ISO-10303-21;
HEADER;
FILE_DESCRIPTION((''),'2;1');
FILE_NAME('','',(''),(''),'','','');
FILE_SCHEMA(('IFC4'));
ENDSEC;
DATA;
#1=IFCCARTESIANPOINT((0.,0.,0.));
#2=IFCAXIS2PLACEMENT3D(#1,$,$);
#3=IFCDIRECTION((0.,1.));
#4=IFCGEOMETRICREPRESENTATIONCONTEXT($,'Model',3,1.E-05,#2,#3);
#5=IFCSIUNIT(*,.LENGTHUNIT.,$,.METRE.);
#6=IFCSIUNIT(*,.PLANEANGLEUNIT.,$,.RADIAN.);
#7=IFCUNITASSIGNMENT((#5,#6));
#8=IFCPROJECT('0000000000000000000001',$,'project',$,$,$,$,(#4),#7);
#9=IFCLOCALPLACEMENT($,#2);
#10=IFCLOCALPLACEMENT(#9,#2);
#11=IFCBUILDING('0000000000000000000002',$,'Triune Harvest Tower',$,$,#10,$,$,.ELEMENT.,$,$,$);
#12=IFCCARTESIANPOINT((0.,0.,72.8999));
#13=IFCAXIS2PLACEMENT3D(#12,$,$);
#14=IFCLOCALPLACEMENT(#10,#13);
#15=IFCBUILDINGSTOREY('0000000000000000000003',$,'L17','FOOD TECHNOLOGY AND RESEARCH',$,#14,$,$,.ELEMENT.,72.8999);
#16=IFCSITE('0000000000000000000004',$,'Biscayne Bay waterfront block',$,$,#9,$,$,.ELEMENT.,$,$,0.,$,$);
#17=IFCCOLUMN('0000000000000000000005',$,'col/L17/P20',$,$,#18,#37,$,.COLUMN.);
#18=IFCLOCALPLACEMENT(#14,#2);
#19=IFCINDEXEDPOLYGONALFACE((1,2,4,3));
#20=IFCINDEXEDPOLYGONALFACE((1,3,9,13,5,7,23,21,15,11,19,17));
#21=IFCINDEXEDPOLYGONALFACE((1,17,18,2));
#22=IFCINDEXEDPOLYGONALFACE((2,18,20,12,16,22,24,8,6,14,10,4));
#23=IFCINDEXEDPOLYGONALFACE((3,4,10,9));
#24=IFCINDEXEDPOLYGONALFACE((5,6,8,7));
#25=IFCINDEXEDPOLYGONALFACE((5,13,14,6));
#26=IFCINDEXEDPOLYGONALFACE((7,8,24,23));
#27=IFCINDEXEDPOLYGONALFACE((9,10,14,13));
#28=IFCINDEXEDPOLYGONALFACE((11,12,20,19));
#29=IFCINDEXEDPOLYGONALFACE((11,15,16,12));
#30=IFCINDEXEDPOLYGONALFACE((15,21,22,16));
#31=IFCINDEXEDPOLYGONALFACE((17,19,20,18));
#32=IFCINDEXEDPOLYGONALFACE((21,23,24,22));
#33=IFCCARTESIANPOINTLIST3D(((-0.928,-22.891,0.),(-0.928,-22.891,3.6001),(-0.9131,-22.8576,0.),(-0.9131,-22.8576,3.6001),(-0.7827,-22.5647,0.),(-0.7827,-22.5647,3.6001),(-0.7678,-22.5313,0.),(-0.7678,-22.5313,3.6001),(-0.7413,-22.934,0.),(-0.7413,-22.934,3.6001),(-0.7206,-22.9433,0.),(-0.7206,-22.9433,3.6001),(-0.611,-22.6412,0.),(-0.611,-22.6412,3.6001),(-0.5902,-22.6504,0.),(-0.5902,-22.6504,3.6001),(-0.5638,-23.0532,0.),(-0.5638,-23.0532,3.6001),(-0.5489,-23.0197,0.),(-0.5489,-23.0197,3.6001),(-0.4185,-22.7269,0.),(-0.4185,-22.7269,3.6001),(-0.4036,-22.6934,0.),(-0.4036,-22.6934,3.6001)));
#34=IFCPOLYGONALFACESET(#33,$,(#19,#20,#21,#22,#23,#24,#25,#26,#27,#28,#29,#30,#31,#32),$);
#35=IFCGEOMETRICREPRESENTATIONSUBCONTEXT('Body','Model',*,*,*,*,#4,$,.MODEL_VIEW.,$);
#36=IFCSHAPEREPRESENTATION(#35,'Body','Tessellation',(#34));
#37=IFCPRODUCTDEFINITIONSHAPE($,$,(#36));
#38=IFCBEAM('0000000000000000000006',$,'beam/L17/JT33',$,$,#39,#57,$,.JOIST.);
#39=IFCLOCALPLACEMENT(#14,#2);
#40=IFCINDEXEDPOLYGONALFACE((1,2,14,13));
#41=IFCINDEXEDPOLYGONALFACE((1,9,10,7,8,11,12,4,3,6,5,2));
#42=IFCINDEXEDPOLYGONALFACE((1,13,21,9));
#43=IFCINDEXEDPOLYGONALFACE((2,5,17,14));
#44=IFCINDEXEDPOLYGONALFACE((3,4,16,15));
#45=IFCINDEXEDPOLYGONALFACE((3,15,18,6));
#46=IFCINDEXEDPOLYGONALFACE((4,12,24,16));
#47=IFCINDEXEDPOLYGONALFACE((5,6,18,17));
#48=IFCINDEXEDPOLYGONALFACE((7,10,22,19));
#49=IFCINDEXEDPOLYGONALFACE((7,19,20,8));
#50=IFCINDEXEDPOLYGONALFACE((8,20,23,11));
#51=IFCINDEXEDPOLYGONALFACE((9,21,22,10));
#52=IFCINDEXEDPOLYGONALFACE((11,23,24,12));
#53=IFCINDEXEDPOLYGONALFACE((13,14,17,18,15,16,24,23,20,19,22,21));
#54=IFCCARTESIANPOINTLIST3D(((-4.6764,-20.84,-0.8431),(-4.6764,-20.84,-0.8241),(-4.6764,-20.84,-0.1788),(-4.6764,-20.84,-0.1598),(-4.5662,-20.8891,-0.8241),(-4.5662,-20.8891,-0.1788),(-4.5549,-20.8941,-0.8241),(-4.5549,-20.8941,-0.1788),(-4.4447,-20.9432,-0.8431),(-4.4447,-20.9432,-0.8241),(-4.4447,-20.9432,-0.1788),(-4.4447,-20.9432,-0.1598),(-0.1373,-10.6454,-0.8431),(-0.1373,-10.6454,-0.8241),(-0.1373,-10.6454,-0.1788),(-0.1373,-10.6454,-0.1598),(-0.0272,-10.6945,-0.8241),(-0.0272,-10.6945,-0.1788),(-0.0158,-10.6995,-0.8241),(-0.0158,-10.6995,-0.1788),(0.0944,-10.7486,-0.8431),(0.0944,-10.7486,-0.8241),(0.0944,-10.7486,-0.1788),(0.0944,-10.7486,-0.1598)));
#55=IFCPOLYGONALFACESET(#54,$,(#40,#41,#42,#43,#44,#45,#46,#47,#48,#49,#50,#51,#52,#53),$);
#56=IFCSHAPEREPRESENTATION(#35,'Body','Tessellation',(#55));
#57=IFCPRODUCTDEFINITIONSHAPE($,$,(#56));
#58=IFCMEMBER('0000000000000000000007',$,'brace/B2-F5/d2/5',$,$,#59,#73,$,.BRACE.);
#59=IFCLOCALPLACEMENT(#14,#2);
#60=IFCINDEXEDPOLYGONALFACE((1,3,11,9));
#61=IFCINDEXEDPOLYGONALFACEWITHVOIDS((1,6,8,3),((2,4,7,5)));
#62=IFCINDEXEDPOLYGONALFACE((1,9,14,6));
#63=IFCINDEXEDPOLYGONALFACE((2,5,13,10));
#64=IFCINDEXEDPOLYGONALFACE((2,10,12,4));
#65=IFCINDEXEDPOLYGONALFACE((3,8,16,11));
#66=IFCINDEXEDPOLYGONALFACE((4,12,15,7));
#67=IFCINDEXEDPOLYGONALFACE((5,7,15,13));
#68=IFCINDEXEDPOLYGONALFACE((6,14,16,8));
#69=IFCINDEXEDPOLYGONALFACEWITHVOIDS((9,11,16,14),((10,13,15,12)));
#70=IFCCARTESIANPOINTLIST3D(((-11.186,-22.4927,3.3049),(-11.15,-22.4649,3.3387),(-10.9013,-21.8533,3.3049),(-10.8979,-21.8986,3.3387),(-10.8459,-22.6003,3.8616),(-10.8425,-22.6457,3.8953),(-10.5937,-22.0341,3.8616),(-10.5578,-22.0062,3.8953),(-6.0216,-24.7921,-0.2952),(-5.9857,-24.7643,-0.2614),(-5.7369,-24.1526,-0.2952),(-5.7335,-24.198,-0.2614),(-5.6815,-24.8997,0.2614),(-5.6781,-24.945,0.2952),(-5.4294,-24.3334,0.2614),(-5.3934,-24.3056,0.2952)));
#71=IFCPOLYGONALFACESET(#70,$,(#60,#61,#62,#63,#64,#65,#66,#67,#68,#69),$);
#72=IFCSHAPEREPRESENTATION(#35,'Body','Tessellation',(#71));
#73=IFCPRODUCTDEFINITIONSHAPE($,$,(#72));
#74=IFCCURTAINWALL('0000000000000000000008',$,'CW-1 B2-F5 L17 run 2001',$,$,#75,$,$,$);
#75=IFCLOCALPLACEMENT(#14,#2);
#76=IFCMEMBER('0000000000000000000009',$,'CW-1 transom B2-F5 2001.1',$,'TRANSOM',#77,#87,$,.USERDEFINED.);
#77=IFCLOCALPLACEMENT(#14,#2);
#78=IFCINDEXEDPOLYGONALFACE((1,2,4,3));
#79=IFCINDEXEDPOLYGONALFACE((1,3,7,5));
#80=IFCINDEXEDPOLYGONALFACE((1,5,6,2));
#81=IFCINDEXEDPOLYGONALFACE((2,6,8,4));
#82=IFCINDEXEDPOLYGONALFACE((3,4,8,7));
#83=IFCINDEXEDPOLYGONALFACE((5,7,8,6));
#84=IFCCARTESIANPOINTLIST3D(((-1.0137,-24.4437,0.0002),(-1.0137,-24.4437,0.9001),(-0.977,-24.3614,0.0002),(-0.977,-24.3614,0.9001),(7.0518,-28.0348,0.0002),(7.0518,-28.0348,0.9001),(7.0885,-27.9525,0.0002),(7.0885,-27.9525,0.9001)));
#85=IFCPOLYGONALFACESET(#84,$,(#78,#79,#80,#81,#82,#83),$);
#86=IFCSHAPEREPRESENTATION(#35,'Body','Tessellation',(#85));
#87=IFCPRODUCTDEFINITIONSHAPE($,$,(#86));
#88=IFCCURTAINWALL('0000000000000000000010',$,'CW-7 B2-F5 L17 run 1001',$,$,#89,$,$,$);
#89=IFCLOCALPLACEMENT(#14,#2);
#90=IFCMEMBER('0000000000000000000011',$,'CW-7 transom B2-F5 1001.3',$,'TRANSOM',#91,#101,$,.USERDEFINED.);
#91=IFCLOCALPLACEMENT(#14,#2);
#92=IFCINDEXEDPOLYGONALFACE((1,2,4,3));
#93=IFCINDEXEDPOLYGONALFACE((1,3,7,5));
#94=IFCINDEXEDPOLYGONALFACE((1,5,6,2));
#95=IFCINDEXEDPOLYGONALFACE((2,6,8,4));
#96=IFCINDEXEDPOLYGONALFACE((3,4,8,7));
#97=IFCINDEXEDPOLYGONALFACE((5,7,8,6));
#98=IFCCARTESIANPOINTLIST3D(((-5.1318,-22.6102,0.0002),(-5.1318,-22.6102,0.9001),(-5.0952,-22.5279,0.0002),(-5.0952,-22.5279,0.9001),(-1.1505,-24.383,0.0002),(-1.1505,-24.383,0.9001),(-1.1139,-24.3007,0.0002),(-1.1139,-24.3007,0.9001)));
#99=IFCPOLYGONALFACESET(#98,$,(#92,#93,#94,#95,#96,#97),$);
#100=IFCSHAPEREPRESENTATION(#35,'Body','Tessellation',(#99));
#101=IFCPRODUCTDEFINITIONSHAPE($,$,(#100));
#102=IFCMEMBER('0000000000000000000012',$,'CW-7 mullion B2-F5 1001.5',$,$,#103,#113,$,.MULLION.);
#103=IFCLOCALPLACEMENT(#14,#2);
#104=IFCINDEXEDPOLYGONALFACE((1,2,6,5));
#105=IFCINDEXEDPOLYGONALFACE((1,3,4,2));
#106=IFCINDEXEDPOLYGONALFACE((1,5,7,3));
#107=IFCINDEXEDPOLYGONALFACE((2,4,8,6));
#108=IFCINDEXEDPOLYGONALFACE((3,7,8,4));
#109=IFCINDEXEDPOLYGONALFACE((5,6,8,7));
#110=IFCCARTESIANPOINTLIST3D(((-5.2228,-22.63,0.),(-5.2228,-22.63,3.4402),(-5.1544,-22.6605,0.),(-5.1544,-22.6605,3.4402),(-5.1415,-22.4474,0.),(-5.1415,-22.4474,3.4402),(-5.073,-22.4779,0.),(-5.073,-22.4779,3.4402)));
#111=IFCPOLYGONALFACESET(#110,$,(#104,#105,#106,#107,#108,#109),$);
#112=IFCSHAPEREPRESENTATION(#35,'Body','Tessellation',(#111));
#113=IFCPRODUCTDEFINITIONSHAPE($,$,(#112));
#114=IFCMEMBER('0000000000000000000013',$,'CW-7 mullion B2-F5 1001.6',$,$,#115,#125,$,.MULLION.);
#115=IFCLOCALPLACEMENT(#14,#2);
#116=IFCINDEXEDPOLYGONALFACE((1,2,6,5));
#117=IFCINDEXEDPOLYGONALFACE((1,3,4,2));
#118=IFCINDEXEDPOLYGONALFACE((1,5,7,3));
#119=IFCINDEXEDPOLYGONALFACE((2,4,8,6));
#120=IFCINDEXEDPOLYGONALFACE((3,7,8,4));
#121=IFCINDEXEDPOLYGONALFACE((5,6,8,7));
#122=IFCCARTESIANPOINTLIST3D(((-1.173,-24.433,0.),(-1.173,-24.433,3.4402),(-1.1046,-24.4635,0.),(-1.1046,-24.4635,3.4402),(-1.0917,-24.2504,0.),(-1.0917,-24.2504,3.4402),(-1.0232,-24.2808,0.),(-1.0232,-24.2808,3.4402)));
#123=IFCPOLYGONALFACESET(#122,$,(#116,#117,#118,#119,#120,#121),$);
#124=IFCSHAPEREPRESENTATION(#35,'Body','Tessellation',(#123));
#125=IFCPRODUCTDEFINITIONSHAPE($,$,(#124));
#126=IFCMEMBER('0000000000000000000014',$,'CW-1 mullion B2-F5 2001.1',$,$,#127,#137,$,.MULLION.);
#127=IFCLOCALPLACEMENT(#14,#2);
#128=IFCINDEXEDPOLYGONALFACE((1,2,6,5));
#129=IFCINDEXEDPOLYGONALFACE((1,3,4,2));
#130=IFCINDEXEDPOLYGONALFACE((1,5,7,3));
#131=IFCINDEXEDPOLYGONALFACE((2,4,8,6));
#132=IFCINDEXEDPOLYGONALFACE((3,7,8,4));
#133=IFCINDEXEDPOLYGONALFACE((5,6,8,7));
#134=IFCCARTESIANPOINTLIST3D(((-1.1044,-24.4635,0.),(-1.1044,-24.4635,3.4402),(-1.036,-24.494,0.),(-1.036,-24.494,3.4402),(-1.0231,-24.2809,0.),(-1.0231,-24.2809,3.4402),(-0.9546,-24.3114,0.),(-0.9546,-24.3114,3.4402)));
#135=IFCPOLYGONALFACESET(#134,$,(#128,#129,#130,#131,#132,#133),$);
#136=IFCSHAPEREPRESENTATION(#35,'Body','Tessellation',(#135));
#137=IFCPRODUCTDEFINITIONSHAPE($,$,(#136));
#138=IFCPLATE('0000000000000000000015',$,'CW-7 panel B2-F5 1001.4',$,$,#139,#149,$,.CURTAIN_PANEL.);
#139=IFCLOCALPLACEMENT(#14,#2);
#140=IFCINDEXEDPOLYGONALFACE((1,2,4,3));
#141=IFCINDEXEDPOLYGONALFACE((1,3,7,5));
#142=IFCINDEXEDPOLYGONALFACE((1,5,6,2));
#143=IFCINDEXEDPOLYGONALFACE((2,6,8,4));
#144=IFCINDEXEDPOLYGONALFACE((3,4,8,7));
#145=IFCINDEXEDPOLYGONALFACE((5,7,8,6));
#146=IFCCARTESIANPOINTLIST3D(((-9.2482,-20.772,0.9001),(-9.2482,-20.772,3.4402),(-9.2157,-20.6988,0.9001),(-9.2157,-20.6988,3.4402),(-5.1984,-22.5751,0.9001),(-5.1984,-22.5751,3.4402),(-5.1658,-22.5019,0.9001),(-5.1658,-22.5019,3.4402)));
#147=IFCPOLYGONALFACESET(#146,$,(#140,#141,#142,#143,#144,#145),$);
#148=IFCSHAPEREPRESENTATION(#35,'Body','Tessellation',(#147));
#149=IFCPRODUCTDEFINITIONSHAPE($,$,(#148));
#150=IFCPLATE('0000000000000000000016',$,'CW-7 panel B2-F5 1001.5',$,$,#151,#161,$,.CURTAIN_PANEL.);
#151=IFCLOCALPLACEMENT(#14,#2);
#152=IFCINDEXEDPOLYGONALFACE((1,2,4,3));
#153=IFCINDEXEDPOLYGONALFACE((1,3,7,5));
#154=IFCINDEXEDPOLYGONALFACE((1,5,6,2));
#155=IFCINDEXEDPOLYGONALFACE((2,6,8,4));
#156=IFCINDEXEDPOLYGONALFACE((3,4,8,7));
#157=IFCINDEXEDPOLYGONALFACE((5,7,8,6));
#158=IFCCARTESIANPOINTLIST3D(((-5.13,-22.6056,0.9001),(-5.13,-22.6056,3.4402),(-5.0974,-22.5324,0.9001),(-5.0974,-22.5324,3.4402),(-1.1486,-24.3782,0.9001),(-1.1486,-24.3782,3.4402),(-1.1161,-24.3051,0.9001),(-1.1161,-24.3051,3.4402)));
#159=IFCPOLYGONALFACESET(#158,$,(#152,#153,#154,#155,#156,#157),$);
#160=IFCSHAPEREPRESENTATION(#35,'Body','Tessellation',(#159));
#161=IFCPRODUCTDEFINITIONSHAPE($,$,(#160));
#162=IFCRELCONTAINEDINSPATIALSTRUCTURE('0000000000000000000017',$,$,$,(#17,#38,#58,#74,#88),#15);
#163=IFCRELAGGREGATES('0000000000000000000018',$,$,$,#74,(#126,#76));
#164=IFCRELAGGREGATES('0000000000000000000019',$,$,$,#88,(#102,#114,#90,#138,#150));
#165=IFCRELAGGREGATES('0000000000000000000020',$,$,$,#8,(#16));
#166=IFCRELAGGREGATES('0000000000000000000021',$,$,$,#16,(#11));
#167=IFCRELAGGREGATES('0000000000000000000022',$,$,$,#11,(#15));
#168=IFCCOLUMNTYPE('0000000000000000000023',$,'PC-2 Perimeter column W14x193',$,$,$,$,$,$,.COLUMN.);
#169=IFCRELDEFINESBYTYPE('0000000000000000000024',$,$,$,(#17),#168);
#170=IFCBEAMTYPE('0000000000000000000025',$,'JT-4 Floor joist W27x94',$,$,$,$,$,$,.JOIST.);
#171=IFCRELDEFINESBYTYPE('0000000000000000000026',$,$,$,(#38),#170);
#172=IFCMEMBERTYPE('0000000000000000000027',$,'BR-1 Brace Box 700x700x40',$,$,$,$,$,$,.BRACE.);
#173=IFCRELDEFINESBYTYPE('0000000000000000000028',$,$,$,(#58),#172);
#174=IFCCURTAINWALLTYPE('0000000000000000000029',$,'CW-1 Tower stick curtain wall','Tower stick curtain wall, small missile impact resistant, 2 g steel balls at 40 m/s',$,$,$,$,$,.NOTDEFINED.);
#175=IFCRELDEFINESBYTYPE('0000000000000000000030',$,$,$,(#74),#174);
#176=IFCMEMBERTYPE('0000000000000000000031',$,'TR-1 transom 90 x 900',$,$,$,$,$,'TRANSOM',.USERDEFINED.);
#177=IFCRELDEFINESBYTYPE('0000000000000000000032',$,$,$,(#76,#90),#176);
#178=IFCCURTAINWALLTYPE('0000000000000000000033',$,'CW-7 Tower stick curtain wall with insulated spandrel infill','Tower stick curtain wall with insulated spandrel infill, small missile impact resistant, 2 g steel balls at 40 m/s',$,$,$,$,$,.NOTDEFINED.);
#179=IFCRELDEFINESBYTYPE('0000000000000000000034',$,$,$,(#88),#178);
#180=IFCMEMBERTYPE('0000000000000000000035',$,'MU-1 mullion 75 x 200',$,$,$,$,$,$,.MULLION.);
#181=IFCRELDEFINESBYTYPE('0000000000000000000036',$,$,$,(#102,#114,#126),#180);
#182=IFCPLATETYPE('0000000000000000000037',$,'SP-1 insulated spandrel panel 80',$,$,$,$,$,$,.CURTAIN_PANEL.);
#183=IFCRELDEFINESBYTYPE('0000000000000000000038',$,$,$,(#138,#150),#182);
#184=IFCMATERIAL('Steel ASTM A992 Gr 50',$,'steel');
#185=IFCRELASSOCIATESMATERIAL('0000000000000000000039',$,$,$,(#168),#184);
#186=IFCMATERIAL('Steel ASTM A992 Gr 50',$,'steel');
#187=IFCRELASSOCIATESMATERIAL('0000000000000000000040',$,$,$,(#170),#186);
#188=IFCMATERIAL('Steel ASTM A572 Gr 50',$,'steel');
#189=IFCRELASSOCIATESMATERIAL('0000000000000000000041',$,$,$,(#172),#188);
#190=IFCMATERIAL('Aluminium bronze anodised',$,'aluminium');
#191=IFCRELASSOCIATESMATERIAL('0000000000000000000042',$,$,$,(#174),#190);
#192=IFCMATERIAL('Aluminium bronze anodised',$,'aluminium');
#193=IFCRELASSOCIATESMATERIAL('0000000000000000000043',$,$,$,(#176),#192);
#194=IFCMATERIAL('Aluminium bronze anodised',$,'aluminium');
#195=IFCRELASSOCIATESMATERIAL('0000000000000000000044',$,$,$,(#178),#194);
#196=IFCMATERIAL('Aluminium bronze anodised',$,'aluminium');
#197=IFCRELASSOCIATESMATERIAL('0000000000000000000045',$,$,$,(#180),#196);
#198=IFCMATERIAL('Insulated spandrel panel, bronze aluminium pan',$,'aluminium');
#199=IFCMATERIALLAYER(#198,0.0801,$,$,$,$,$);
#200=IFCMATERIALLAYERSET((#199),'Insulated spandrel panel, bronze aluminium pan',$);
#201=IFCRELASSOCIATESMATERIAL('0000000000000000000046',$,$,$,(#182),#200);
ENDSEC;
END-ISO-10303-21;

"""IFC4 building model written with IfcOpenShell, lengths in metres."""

from ifc_helpers import new_model, si_unit, direction, frame, origin, origin_2d, place, context, subcontext, project, spatial, rectangle, hollow_rectangle, i_section, extrude, source, transform, mapped, material, layer, layer_set, material_profile, profile_set, type_object, element, aggregate, save


model = new_model("IFC4")

# Units and contexts
model_context = context("Model", 3, precision=1e-05, world=origin(), true_north=direction((0.0, 1.0)))
body_context = subcontext(model_context, "Body", "Model", "MODEL_VIEW")
ifc_project = project(units=[si_unit("LENGTHUNIT", "METRE"), si_unit("PLANEANGLEUNIT", "RADIAN")], contexts=[model_context])

# Site, building, storey
site_placement = place(None, origin())
site = spatial("IfcSite", under=ifc_project, at=site_placement, Name="Biscayne Bay waterfront block", CompositionType="ELEMENT", RefElevation=0.0)
building_placement = place(site_placement, origin())
building = spatial("IfcBuilding", under=site, at=building_placement, Name="Triune Harvest Tower", CompositionType="ELEMENT")
storey_placement = place(building_placement, frame((0.0, 0.0, 72.8999)))
storey = spatial("IfcBuildingStorey", under=building, at=storey_placement, Name="L17", Description="FOOD TECHNOLOGY AND RESEARCH", CompositionType="ELEMENT", Elevation=72.8999)

# Column
ifc_material_1 = material(Name="Steel ASTM A992 Gr 50", Category="steel")
ifc_material_profile_1 = material_profile(ifc_material_1, i_section(OverallWidth=0.3987, OverallDepth=0.3938, WebThickness=0.0227, FlangeThickness=0.0366, at=origin_2d()), Name="W14x193")
ifc_profile_set_1 = profile_set([ifc_material_profile_1], Name="Steel ASTM A992 Gr 50")
column_type = type_object("IfcColumnType", Name="PC-2 Perimeter column W14x193", PredefinedType="COLUMN", material=ifc_profile_set_1)
shared_shape_1 = source(origin(), body_context, "Body", "SweptSolid", [
    extrude(i_section(OverallWidth=0.3987, OverallDepth=0.3938, WebThickness=0.0227, FlangeThickness=0.0366, at=origin_2d()), origin(), (0.0, 0.0, 1.0), 3.6001),
])
column_placement = place(storey_placement, frame((-0.6658, -22.7922, 0.0), z_axis=(0.0, 0.0, 1.0), x_axis=(0.913545, -0.406737, 0.0)))
element("IfcColumn", 1, at=column_placement, inside=storey, type_object=column_type, Name="col/L17/P20", PredefinedType="COLUMN", context=body_context, shape_type="MappedRepresentation", body=[
    mapped(shared_shape_1, transform((0.0, 0.0, 0.0), scale=1.0)),
])

# Beam
ifc_material_2 = material(Name="Steel ASTM A992 Gr 50", Category="steel")
ifc_material_profile_2 = material_profile(ifc_material_2, i_section(OverallWidth=0.2537, OverallDepth=0.6833, WebThickness=0.0125, FlangeThickness=0.019, at=origin_2d()), Name="W27x94")
ifc_profile_set_2 = profile_set([ifc_material_profile_2], Name="Steel ASTM A992 Gr 50")
beam_type = type_object("IfcBeamType", Name="JT-4 Floor joist W27x94", PredefinedType="JOIST", material=ifc_profile_set_2)
shared_shape_2 = source(origin(), body_context, "Body", "SweptSolid", [
    extrude(i_section(OverallWidth=0.2537, OverallDepth=0.6833, WebThickness=0.0125, FlangeThickness=0.019, at=origin_2d()), origin(), (0.0, 0.0, 1.0), 11.1594),
])
beam_placement = place(storey_placement, frame((-4.5605, -20.8916, -0.5015), z_axis=(0.406747, 0.913541, 0.0), x_axis=(-0.913541, 0.406747, 0.0)))
element("IfcBeam", 2, at=beam_placement, inside=storey, type_object=beam_type, Name="beam/L17/JT33", PredefinedType="JOIST", context=body_context, shape_type="MappedRepresentation", body=[
    mapped(shared_shape_2, transform((0.0, 0.0, 0.0), scale=1.0)),
])

# Member
ifc_material_3 = material(Name="Steel ASTM A572 Gr 50", Category="steel")
ifc_material_profile_3 = material_profile(ifc_material_3, hollow_rectangle(XDim=0.7, YDim=0.7, WallThickness=0.04, at=origin_2d()), Name="Box 700x700x40")
ifc_profile_set_3 = profile_set([ifc_material_profile_3], Name="Steel ASTM A572 Gr 50")
member_type_1 = type_object("IfcMemberType", Name="BR-1 Brace Box 700x700x40", PredefinedType="BRACE", material=ifc_profile_set_3)
shared_shape_3 = source(origin(), body_context, "Body", "SweptSolid", [
    extrude(hollow_rectangle(XDim=0.7, YDim=0.7, WallThickness=0.04, at=origin_2d()), origin(), (0.0, 0.0, 1.0), 6.7021),
])
member_1_placement = place(storey_placement, frame((-5.7075, -24.5488, 0.0), z_axis=(-0.770555, 0.343076, 0.537163), x_axis=(-0.406739, -0.913544, 0.0)))
element("IfcMember", 3, at=member_1_placement, inside=storey, type_object=member_type_1, Name="brace/B2-F5/d2/5", PredefinedType="BRACE", context=body_context, shape_type="MappedRepresentation", body=[
    mapped(shared_shape_3, transform((0.0, 0.0, 0.0), scale=1.0)),
])

# Curtain wall, member
ifc_material_4 = material(Name="Aluminium bronze anodised", Category="aluminium")
curtain_wall_type_1 = type_object("IfcCurtainWallType", Name="CW-1 Tower stick curtain wall", Description="Tower stick curtain wall, small missile impact resistant, 2 g steel balls at 40 m/s", PredefinedType="NOTDEFINED", material=ifc_material_4)
curtain_wall_1_placement = place(storey_placement, origin())
curtain_wall_1 = element("IfcCurtainWall", 4, at=curtain_wall_1_placement, inside=storey, type_object=curtain_wall_type_1, Name="CW-1 B2-F5 L17 run 2001")
ifc_material_5 = material(Name="Aluminium bronze anodised", Category="aluminium")
ifc_material_profile_4 = material_profile(ifc_material_5, rectangle(XDim=0.0901, YDim=0.8999, at=origin_2d()), Name="TR-1 transom 90 x 900")
ifc_profile_set_4 = profile_set([ifc_material_profile_4], Name="Aluminium bronze anodised")
member_type_2 = type_object("IfcMemberType", Name="TR-1 transom 90 x 900", ElementType="TRANSOM", PredefinedType="USERDEFINED", material=ifc_profile_set_4)
shared_shape_4 = source(origin(), body_context, "Body", "SweptSolid", [
    extrude(rectangle(XDim=0.0901, YDim=0.8999, at=origin_2d()), origin(), (0.0, 0.0, 1.0), 8.8289),
])
member_2_placement = place(storey_placement, frame((-0.9954, -24.4026, 0.4502), z_axis=(0.913541, -0.406746, 0.0), x_axis=(0.406746, 0.913541, 0.0)))
member_2 = element("IfcMember", 5, at=member_2_placement, type_object=member_type_2, Name="CW-1 transom B2-F5 2001.1", ObjectType="TRANSOM", PredefinedType="USERDEFINED", context=body_context, shape_type="MappedRepresentation", body=[
    mapped(shared_shape_4, transform((0.0, 0.0, 0.0), scale=1.0)),
])

# Curtain wall, members
ifc_material_6 = material(Name="Aluminium bronze anodised", Category="aluminium")
curtain_wall_type_2 = type_object("IfcCurtainWallType", Name="CW-7 Tower stick curtain wall with insulated spandrel infill", Description="Tower stick curtain wall with insulated spandrel infill, small missile impact resistant, 2 g steel balls at 40 m/s", PredefinedType="NOTDEFINED", material=ifc_material_6)
curtain_wall_2_placement = place(storey_placement, origin())
curtain_wall_2 = element("IfcCurtainWall", 6, at=curtain_wall_2_placement, inside=storey, type_object=curtain_wall_type_2, Name="CW-7 B2-F5 L17 run 1001")
shared_shape_5 = source(origin(), body_context, "Body", "SweptSolid", [
    extrude(rectangle(XDim=0.0901, YDim=0.8999, at=origin_2d()), origin(), (0.0, 0.0, 1.0), 4.3582),
])
member_3_placement = place(storey_placement, frame((-5.1135, -22.5691, 0.4502), z_axis=(0.913532, -0.406767, 0.0), x_axis=(0.406767, 0.913532, 0.0)))
member_3 = element("IfcMember", 7, at=member_3_placement, type_object=member_type_2, Name="CW-7 transom B2-F5 1001.3", ObjectType="TRANSOM", PredefinedType="USERDEFINED", context=body_context, shape_type="MappedRepresentation", body=[
    mapped(shared_shape_5, transform((0.0, 0.0, 0.0), scale=1.0)),
])
ifc_material_7 = material(Name="Aluminium bronze anodised", Category="aluminium")
ifc_material_profile_5 = material_profile(ifc_material_7, rectangle(XDim=0.2, YDim=0.075, at=origin_2d()), Name="MU-1 mullion 75 x 200")
ifc_profile_set_5 = profile_set([ifc_material_profile_5], Name="Aluminium bronze anodised")
member_type_3 = type_object("IfcMemberType", Name="MU-1 mullion 75 x 200", PredefinedType="MULLION", material=ifc_profile_set_5)
shared_shape_6 = source(origin(), body_context, "Body", "SweptSolid", [
    extrude(rectangle(XDim=0.2, YDim=0.075, at=origin_2d()), origin(), (0.0, 0.0, 1.0), 3.4402),
])
member_4_placement = place(storey_placement, frame((-5.1479, -22.554, 0.0), z_axis=(0.0, 0.0, 1.0), x_axis=(0.406735, 0.913546, 0.0)))
member_4 = element("IfcMember", 8, at=member_4_placement, type_object=member_type_3, Name="CW-7 mullion B2-F5 1001.5", PredefinedType="MULLION", context=body_context, shape_type="MappedRepresentation", body=[
    mapped(shared_shape_6, transform((0.0, 0.0, 0.0), scale=1.0)),
])
member_5_placement = place(storey_placement, frame((-1.0981, -24.3569, 0.0), z_axis=(0.0, 0.0, 1.0), x_axis=(0.406735, 0.913546, 0.0)))
member_5 = element("IfcMember", 9, at=member_5_placement, type_object=member_type_3, Name="CW-7 mullion B2-F5 1001.6", PredefinedType="MULLION", context=body_context, shape_type="MappedRepresentation", body=[
    mapped(shared_shape_6, transform((0.0, 0.0, 0.0), scale=1.0)),
])

# Member
member_6_placement = place(storey_placement, frame((-1.0295, -24.3875, 0.0), z_axis=(0.0, 0.0, 1.0), x_axis=(0.406737, 0.913545, 0.0)))
member_6 = element("IfcMember", 10, at=member_6_placement, type_object=member_type_3, Name="CW-1 mullion B2-F5 2001.1", PredefinedType="MULLION", context=body_context, shape_type="MappedRepresentation", body=[
    mapped(shared_shape_6, transform((0.0, 0.0, 0.0), scale=1.0)),
])
aggregate(curtain_wall_1, [member_6, member_2])

# Plates
ifc_material_8 = material(Name="Insulated spandrel panel, bronze aluminium pan", Category="aluminium")
ifc_layer_1 = layer(ifc_material_8, 0.0801)
ifc_layer_set_1 = layer_set([ifc_layer_1], Name="Insulated spandrel panel, bronze aluminium pan")
plate_type = type_object("IfcPlateType", Name="SP-1 insulated spandrel panel 80", PredefinedType="CURTAIN_PANEL", material=ifc_layer_set_1)
shared_shape_7 = source(origin(), body_context, "Body", "SweptSolid", [
    extrude(rectangle(XDim=4.4331, YDim=0.0801, at=origin_2d()), origin(), (0.0, 0.0, 1.0), 2.54),
])
plate_1_placement = place(storey_placement, frame((-7.207, -21.637, 0.9001), z_axis=(0.0, 0.0, 1.0), x_axis=(0.913546, -0.406735, 0.0)))
plate_1 = element("IfcPlate", 11, at=plate_1_placement, type_object=plate_type, Name="CW-7 panel B2-F5 1001.4", PredefinedType="CURTAIN_PANEL", context=body_context, shape_type="MappedRepresentation", body=[
    mapped(shared_shape_7, transform((0.0, 0.0, 0.0), scale=1.0)),
])
shared_shape_8 = source(origin(), body_context, "Body", "SweptSolid", [
    extrude(rectangle(XDim=4.3582, YDim=0.0801, at=origin_2d()), origin(), (0.0, 0.0, 1.0), 2.54),
])
plate_2_placement = place(storey_placement, frame((-3.123, -23.4553, 0.9001), z_axis=(0.0, 0.0, 1.0), x_axis=(0.913546, -0.406735, 0.0)))
plate_2 = element("IfcPlate", 12, at=plate_2_placement, type_object=plate_type, Name="CW-7 panel B2-F5 1001.5", PredefinedType="CURTAIN_PANEL", context=body_context, shape_type="MappedRepresentation", body=[
    mapped(shared_shape_8, transform((0.0, 0.0, 0.0), scale=1.0)),
])
aggregate(curtain_wall_2, [member_4, member_5, member_3, plate_1, plate_2])

save(model, "model.ifc")
